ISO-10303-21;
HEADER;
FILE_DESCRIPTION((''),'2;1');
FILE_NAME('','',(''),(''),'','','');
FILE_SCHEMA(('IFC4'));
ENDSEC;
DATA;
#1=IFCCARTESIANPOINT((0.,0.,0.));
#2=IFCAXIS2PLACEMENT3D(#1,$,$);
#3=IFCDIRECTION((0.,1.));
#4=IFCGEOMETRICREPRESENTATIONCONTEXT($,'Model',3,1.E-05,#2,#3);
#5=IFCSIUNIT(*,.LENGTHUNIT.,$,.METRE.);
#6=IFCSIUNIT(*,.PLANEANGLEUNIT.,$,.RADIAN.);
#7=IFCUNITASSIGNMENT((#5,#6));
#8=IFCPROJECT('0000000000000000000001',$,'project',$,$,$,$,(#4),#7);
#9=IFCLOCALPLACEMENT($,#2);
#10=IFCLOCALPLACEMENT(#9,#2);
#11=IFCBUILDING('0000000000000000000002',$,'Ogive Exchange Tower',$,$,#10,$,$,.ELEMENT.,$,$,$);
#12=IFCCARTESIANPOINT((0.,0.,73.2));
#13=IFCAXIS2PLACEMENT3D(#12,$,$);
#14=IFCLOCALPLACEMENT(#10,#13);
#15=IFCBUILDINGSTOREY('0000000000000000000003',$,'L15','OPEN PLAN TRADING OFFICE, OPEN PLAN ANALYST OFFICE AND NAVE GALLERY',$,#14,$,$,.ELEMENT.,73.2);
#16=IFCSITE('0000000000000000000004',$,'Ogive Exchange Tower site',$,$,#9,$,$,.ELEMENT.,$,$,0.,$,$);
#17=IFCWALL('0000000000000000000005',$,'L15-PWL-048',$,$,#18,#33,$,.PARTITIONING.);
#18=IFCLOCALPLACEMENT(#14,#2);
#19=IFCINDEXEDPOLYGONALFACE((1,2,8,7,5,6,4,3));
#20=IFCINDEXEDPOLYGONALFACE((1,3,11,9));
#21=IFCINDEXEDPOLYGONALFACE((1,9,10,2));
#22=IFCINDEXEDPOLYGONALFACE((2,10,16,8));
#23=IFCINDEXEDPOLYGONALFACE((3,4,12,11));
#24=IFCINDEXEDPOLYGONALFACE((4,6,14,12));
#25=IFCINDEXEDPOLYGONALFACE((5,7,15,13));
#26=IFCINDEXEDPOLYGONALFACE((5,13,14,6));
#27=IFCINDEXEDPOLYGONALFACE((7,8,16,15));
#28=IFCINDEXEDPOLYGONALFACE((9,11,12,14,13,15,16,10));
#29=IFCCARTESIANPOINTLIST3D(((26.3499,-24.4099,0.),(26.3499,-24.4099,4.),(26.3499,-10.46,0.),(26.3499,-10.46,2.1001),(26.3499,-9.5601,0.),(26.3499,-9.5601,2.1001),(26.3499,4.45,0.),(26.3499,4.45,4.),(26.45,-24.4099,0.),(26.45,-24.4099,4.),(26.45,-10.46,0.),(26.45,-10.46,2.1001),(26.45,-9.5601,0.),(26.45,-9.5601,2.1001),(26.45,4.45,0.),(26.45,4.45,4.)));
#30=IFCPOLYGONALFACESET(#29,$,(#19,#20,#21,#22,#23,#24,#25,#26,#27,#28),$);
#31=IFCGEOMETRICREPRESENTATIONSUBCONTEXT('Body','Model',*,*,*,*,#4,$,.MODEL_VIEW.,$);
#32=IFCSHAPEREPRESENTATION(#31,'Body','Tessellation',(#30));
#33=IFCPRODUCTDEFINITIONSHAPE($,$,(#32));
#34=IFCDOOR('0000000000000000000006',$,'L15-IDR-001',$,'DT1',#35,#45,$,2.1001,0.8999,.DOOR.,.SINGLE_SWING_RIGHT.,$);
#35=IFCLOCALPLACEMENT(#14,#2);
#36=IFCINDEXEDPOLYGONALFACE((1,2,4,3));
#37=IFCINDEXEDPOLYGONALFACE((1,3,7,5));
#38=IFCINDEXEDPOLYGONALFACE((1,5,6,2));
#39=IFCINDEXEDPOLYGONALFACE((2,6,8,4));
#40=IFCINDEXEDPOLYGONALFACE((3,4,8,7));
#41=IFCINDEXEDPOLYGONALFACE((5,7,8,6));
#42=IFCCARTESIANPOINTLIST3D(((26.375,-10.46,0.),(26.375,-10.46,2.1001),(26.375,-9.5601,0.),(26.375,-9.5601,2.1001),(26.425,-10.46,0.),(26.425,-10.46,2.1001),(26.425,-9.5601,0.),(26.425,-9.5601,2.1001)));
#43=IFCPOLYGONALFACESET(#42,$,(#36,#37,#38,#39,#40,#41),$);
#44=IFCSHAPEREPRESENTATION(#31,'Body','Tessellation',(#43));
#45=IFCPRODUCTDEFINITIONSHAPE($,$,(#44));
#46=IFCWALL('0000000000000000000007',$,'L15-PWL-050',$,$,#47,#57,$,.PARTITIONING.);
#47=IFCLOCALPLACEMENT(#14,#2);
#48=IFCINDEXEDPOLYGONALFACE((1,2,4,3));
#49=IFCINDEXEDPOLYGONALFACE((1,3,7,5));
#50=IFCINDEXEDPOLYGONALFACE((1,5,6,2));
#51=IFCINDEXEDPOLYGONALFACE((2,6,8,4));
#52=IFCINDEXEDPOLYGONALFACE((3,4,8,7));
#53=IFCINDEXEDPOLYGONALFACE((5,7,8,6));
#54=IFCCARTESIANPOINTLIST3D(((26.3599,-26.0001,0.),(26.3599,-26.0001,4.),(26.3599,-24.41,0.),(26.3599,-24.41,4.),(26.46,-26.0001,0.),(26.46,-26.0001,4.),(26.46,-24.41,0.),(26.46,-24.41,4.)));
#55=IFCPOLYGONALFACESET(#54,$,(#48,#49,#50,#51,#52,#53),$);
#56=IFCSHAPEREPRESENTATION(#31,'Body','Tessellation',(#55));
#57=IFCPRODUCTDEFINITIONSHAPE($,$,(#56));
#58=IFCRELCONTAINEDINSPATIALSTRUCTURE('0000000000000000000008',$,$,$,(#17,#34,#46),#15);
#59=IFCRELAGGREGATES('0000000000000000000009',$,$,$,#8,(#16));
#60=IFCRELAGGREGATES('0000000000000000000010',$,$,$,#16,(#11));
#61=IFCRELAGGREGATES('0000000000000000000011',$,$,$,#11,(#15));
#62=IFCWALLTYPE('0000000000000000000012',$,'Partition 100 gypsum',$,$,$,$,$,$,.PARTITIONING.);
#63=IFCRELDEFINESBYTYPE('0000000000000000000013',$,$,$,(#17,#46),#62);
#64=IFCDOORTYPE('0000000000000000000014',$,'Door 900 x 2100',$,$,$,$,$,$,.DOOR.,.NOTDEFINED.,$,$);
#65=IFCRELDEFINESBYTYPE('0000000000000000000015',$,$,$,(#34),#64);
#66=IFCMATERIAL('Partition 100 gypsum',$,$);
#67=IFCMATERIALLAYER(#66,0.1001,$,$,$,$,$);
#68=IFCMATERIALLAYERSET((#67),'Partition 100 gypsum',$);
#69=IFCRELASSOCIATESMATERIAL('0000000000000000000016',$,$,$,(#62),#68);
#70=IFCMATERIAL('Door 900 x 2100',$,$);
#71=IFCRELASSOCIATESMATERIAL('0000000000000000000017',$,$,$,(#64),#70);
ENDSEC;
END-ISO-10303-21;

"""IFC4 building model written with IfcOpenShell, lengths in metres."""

from ifc_helpers import new_model, si_unit, direction, frame, frame_2d, origin, place, context, subcontext, project, spatial, rectangle, extrude, material, layer, layer_set, type_object, element, fill, save


model = new_model("IFC4")

# Units and contexts
model_context = context("Model", 3, precision=1e-05, world=origin(), true_north=direction((0.0, 1.0)))
body_context = subcontext(model_context, "Body", "Model", "MODEL_VIEW")
ifc_project = project(units=[si_unit("LENGTHUNIT", "METRE"), si_unit("PLANEANGLEUNIT", "RADIAN")], contexts=[model_context])

# Site, building, storey
site_placement = place(None, origin())
site = spatial("IfcSite", under=ifc_project, at=site_placement, Name="Ogive Exchange Tower site", CompositionType="ELEMENT", RefElevation=0.0)
building_placement = place(site_placement, origin())
building = spatial("IfcBuilding", under=site, at=building_placement, Name="Ogive Exchange Tower", CompositionType="ELEMENT")
storey_placement = place(building_placement, frame((0.0, 0.0, 73.2)))
storey = spatial("IfcBuildingStorey", under=building, at=storey_placement, Name="L15", Description="OPEN PLAN TRADING OFFICE, OPEN PLAN ANALYST OFFICE AND NAVE GALLERY", CompositionType="ELEMENT", Elevation=73.2)

# Wall, opening, door
ifc_material_1 = material(Name="Partition 100 gypsum")
ifc_layer_1 = layer(ifc_material_1, 0.1001)
ifc_layer_set_1 = layer_set([ifc_layer_1], Name="Partition 100 gypsum")
wall_type_1 = type_object("IfcWallType", Name="Partition 100 gypsum", PredefinedType="PARTITIONING", material=ifc_layer_set_1)
wall_1_placement = place(storey_placement, frame((26.3999, -24.4099, 0.0), z_axis=(0.0, 0.0, 1.0), x_axis=(0.0, 1.0, 0.0)))
wall_1 = element("IfcWall", 1, at=wall_1_placement, inside=storey, type_object=wall_type_1, Name="L15-PWL-048", PredefinedType="PARTITIONING", context=body_context, shape_type="SweptSolid", body=[
    extrude(rectangle(XDim=28.8599, YDim=0.1001, at=frame_2d((14.4299, 0.0))), origin(), (0.0, 0.0, 1.0), 4.0),
])
opening_1_placement = place(wall_1_placement, frame((13.95, 0.0, 0.0)))
opening_1 = element("IfcOpeningElement", 2, at=opening_1_placement, cuts=wall_1, PredefinedType="OPENING", context=body_context, shape_type="SweptSolid", body=[
    extrude(rectangle(XDim=0.8999, YDim=2.1001, at=frame_2d((0.45, 1.05))), frame((0.0, 0.0601, 0.0), z_axis=(0.0, -1.0, 0.0), x_axis=(1.0, 0.0, 0.0)), (0.0, 0.0, 1.0), 0.1201),
])
ifc_material_2 = material(Name="Door 900 x 2100")
door_type_1 = type_object("IfcDoorType", Name="Door 900 x 2100", OperationType="NOTDEFINED", PredefinedType="DOOR", material=ifc_material_2)
door_1_placement = place(opening_1_placement, origin())
door_1 = element("IfcDoor", 3, at=door_1_placement, inside=storey, type_object=door_type_1, Name="L15-IDR-001", ObjectType="DT1", OperationType="SINGLE_SWING_RIGHT", OverallHeight=2.1001, OverallWidth=0.8999, PredefinedType="DOOR", context=body_context, shape_type="SweptSolid", body=[
    extrude(rectangle(XDim=0.8999, YDim=2.1001, at=frame_2d((0.45, 1.05))), frame((0.0, 0.0249, 0.0), z_axis=(0.0, -1.0, 0.0), x_axis=(1.0, 0.0, 0.0)), (0.0, 0.0, 1.0), 0.05),
])
fill(opening_1, door_1)

# Wall
wall_2_placement = place(storey_placement, frame((26.4099, -26.0, 0.0), z_axis=(0.0, 0.0, 1.0), x_axis=(0.0, 1.0, 0.0)))
element("IfcWall", 4, at=wall_2_placement, inside=storey, type_object=wall_type_1, Name="L15-PWL-050", PredefinedType="PARTITIONING", context=body_context, shape_type="SweptSolid", body=[
    extrude(rectangle(XDim=1.5901, YDim=0.1001, at=frame_2d((0.7949, 0.0))), origin(), (0.0, 0.0, 1.0), 4.0),
])

save(model, "model.ifc")
